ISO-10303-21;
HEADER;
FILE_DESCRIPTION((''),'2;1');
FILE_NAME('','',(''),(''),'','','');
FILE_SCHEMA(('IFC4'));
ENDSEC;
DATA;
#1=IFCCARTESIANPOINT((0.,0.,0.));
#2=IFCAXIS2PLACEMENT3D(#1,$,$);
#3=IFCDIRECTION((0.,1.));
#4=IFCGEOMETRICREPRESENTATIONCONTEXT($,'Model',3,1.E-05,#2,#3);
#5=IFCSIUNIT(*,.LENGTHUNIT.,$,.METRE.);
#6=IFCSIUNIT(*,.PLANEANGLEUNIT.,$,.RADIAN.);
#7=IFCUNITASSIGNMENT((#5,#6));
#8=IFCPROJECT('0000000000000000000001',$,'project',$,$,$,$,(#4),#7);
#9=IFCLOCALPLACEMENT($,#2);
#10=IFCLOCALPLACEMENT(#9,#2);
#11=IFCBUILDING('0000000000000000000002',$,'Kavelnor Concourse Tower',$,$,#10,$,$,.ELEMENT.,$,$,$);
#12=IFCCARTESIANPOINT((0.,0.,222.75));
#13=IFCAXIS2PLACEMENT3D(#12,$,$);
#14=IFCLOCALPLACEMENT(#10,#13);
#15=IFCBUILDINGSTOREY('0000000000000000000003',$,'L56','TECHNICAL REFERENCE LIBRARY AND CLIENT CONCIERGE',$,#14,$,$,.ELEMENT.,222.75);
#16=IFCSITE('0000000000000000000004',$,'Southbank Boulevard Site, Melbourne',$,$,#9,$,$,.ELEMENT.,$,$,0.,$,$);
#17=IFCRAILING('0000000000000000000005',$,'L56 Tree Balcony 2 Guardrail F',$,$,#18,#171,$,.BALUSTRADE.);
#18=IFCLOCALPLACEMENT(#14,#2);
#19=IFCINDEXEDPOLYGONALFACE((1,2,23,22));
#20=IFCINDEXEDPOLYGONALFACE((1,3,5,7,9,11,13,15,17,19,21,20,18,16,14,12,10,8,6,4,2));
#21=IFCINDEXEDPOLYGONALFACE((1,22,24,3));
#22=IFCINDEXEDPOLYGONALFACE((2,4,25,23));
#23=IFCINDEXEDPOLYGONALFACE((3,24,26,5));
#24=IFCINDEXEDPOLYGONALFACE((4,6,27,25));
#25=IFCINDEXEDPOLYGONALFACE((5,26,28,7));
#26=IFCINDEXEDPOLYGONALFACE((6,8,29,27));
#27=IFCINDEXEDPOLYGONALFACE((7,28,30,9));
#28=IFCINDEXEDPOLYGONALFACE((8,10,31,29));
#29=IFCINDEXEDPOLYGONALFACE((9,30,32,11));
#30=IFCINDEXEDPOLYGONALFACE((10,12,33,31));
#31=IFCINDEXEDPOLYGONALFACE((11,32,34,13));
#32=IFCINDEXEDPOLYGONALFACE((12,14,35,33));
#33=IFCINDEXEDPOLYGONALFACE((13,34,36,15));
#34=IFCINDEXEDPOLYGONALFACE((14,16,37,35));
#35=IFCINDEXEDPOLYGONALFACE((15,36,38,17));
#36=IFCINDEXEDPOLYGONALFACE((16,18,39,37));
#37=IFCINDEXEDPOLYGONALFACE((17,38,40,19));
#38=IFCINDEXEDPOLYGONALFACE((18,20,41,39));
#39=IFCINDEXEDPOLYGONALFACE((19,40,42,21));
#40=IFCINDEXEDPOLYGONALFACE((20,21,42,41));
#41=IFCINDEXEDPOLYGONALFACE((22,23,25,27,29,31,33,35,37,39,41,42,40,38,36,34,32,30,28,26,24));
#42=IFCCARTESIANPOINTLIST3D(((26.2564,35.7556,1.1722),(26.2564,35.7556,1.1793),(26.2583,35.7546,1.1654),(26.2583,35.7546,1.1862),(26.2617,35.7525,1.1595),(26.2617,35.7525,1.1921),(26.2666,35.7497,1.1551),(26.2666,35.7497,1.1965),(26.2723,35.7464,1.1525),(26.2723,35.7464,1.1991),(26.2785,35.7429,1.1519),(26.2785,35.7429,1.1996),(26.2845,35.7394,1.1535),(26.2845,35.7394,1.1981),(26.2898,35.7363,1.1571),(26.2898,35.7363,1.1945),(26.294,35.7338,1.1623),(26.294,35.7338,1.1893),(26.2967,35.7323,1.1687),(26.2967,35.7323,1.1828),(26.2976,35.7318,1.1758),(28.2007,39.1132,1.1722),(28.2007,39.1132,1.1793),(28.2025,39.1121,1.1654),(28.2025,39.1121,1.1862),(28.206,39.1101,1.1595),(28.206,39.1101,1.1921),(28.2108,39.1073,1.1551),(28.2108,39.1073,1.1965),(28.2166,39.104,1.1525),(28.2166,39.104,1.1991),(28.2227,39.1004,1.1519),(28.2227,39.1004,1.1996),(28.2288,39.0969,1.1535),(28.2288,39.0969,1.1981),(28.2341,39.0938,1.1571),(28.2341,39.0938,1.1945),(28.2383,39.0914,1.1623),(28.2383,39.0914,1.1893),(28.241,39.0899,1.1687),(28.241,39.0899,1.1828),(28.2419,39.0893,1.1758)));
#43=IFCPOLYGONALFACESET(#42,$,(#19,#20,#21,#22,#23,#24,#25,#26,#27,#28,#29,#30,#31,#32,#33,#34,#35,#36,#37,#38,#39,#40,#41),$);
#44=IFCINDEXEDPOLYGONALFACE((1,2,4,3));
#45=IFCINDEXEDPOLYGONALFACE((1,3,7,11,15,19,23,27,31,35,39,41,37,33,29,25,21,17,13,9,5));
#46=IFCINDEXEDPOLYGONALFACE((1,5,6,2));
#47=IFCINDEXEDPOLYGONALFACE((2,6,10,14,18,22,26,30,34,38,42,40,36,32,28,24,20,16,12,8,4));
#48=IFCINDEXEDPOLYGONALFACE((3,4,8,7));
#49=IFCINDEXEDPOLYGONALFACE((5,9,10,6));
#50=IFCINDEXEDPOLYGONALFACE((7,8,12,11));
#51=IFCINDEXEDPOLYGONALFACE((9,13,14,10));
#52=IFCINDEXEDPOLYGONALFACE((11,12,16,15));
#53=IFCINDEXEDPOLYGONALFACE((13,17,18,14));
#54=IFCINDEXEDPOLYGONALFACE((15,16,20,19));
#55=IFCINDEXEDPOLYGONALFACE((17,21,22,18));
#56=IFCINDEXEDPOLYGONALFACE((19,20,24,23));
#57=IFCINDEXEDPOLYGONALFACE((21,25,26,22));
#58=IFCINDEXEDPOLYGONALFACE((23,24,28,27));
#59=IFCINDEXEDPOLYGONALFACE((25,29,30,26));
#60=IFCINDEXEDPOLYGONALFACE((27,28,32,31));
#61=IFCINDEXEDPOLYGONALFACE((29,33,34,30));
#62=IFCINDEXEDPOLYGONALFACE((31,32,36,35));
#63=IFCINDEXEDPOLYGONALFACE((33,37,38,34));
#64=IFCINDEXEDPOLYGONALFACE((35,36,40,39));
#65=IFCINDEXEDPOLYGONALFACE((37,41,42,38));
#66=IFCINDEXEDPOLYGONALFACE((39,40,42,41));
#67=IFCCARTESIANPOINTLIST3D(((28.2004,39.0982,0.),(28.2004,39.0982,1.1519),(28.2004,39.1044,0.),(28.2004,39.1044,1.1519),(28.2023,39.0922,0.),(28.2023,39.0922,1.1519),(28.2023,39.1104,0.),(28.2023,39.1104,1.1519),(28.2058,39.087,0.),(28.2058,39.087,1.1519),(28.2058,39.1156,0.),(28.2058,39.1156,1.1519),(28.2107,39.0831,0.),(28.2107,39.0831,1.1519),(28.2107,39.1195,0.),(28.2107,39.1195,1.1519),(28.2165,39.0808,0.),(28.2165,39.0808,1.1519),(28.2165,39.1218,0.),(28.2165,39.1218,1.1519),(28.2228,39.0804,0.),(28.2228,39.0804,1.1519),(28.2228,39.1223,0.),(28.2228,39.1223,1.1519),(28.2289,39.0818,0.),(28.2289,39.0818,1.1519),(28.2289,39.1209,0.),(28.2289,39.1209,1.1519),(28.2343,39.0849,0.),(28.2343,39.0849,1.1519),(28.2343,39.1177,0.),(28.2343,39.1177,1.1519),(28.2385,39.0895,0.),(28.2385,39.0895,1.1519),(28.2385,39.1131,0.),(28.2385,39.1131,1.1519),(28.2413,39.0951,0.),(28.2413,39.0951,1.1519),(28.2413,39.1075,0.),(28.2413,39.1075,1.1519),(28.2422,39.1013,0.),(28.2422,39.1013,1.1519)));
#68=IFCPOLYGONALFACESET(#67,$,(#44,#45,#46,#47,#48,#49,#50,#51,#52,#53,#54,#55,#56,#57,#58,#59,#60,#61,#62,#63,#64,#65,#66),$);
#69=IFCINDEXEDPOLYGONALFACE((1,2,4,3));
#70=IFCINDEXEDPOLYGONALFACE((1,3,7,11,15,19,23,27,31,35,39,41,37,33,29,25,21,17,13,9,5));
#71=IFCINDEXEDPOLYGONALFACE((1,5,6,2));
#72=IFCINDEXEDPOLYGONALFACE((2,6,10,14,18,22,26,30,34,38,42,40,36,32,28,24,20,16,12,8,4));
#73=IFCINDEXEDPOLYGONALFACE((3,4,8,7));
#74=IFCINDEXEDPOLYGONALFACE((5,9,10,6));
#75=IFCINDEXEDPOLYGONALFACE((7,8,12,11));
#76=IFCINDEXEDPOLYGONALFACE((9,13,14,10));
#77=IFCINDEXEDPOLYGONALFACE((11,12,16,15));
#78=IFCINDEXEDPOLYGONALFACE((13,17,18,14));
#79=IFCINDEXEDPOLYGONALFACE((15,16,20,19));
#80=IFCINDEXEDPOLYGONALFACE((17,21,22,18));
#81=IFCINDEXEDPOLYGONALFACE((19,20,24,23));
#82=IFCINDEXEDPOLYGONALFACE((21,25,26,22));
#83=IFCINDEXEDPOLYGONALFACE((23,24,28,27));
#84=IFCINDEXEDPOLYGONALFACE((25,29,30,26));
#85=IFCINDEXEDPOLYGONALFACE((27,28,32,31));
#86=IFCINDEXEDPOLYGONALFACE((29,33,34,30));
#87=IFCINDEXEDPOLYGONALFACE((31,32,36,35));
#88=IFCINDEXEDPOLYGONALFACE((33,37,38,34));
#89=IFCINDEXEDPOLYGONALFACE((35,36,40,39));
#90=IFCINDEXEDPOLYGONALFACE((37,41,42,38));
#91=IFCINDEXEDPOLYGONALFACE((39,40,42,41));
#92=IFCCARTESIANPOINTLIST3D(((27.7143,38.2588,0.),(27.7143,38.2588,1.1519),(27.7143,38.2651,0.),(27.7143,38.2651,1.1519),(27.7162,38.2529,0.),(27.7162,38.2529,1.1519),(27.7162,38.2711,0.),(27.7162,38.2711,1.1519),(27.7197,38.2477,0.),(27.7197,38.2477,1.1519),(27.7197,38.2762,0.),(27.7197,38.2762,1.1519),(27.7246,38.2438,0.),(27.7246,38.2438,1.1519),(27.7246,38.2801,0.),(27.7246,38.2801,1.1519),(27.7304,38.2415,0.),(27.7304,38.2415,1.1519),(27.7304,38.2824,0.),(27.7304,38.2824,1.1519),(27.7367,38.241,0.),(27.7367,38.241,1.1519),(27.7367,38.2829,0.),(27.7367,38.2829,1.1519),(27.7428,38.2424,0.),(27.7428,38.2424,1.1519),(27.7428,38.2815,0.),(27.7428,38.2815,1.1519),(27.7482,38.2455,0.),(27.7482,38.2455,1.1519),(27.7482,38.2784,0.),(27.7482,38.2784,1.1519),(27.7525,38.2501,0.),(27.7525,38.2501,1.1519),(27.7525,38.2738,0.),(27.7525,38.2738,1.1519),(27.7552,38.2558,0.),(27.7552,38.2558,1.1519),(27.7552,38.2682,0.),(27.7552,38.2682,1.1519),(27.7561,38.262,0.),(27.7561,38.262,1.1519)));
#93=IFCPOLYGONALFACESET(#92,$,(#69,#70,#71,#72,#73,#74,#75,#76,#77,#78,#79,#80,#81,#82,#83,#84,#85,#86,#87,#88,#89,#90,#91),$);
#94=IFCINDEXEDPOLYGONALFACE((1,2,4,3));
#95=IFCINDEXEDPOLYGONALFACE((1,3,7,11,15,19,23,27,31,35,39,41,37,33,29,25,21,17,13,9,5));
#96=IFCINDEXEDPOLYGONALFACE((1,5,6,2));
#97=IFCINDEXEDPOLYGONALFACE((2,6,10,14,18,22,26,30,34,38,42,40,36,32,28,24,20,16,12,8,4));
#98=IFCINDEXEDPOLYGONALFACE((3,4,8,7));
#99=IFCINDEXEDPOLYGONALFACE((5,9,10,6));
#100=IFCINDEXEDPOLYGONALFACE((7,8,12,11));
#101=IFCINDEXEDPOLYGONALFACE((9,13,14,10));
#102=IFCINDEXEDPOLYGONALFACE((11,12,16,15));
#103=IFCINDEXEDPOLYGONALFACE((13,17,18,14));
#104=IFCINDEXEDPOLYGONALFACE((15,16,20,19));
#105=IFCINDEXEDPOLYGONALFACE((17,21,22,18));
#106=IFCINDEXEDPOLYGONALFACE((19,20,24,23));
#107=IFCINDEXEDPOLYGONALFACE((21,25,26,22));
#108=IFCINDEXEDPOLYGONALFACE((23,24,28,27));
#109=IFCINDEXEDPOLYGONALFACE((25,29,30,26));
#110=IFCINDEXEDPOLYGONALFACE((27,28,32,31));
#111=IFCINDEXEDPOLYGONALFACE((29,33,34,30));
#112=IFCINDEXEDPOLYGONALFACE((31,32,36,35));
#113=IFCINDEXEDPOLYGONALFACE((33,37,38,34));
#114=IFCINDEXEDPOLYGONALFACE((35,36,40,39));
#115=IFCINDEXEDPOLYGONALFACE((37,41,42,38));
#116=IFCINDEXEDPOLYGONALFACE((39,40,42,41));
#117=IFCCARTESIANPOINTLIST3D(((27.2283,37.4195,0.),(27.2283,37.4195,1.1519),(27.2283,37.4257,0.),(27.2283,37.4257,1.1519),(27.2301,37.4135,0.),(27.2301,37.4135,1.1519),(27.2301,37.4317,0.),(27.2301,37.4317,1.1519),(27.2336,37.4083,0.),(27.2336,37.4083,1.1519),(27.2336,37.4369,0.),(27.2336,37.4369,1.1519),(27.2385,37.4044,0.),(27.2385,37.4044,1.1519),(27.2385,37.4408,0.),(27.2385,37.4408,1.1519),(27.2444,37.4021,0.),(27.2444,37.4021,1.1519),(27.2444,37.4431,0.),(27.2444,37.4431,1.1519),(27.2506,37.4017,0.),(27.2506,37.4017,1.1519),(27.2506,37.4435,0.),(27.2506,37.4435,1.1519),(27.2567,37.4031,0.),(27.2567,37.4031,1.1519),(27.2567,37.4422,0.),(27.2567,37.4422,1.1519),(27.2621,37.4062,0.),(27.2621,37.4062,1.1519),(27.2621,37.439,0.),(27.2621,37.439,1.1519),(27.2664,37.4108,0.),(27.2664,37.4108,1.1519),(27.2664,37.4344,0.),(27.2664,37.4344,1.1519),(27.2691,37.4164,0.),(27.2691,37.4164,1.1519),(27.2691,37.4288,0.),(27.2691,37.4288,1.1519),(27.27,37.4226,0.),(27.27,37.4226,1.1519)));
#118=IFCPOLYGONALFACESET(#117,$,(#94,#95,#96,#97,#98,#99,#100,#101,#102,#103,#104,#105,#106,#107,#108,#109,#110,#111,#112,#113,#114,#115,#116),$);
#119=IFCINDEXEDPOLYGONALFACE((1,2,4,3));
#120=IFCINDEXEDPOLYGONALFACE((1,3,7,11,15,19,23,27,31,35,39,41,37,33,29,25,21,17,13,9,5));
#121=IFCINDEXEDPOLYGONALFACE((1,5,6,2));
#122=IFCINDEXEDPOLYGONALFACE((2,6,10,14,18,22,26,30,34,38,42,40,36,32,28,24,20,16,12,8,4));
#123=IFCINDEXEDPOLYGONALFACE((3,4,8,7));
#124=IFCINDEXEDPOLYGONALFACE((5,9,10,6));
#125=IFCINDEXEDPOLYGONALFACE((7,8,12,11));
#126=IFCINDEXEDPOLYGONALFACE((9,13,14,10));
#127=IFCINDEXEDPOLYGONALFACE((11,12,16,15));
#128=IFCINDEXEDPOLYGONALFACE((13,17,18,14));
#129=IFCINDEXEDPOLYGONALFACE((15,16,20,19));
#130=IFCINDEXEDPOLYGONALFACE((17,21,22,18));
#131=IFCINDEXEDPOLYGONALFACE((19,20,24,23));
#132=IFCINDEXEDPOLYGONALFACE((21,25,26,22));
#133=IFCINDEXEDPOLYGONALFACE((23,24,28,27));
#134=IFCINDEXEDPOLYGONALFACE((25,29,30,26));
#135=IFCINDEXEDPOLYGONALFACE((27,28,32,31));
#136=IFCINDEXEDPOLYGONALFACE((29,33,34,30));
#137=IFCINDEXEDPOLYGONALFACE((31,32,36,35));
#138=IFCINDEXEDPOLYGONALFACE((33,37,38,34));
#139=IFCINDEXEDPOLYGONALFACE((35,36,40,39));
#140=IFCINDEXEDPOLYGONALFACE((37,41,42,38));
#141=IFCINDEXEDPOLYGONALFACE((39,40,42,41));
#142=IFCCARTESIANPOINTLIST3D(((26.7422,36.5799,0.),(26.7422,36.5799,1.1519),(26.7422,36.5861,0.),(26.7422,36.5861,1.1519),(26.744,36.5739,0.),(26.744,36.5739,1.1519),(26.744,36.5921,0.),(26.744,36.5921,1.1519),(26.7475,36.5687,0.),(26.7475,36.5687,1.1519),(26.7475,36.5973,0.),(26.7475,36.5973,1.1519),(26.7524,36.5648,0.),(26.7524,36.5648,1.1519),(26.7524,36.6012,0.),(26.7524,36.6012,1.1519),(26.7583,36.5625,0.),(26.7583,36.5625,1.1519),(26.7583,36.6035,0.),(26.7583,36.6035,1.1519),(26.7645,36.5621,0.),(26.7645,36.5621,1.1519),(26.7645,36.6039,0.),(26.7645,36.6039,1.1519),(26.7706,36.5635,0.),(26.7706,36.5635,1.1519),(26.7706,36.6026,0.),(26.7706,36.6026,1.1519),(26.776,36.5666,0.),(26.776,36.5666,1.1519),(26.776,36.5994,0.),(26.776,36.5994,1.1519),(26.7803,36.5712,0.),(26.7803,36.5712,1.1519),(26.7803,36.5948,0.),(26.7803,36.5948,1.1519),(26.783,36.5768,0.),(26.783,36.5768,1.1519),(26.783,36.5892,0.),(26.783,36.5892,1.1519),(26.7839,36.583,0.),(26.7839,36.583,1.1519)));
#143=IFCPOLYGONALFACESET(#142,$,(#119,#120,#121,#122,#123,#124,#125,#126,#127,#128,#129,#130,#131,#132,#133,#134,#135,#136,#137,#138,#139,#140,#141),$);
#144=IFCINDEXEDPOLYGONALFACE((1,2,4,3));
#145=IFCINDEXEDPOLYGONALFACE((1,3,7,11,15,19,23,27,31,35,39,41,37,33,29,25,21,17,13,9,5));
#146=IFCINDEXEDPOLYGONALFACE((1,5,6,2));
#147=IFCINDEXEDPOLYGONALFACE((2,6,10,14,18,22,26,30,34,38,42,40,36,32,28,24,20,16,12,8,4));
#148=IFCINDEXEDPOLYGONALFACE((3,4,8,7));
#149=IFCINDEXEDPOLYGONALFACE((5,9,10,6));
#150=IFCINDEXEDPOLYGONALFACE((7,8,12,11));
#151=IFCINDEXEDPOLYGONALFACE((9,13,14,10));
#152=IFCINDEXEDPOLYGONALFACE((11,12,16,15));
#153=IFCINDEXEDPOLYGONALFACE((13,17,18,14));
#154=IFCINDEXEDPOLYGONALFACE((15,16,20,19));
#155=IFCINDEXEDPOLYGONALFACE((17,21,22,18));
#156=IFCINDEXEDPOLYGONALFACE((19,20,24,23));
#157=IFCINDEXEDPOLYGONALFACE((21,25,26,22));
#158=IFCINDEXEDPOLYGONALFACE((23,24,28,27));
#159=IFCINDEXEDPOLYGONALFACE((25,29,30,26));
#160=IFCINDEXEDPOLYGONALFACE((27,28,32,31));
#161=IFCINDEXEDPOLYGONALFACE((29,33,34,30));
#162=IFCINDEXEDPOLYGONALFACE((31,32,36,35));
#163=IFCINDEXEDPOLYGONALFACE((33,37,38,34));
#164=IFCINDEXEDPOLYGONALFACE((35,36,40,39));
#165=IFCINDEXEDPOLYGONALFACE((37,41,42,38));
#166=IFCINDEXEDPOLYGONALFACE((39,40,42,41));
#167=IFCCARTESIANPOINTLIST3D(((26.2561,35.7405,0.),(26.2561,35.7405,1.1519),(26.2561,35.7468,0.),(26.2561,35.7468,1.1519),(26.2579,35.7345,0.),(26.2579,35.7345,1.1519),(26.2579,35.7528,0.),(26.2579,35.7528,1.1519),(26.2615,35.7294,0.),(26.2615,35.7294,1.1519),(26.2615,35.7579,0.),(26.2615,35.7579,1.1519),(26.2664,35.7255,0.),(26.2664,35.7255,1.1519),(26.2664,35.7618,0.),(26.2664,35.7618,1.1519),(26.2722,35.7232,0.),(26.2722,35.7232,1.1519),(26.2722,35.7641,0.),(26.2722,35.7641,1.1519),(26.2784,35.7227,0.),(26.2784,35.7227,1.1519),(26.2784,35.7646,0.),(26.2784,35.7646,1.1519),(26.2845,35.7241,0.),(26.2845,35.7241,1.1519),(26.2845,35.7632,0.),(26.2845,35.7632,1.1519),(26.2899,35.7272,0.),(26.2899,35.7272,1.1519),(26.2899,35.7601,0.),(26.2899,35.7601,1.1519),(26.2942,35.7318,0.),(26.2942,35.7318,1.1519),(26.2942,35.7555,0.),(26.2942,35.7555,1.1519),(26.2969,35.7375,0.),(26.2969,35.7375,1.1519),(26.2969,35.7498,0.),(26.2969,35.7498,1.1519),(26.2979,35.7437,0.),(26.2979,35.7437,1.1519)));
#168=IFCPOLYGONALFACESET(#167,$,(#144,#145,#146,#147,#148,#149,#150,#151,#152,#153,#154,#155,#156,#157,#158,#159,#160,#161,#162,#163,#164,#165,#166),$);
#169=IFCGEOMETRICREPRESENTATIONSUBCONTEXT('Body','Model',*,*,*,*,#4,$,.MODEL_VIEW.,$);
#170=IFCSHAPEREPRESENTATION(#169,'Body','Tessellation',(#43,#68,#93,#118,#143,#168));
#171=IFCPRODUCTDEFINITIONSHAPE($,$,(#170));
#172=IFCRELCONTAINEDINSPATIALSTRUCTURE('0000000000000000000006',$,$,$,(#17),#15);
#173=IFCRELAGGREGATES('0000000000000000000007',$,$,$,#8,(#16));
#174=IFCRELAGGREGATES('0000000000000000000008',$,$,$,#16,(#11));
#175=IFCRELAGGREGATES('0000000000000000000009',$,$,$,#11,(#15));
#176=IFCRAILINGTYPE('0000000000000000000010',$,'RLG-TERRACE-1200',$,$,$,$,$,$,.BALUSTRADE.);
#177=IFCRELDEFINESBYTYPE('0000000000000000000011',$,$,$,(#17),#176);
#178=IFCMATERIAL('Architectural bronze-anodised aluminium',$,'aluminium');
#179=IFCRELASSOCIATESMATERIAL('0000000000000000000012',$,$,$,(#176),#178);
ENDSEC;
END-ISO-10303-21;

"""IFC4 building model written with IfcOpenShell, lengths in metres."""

from ifc_helpers import new_model, si_unit, direction, frame, origin, origin_2d, place, context, subcontext, project, spatial, circle, extrude, material, type_object, element, save


model = new_model("IFC4")

# Units and contexts
model_context = context("Model", 3, precision=1e-05, world=origin(), true_north=direction((0.0, 1.0)))
body_context = subcontext(model_context, "Body", "Model", "MODEL_VIEW")
ifc_project = project(units=[si_unit("LENGTHUNIT", "METRE"), si_unit("PLANEANGLEUNIT", "RADIAN")], contexts=[model_context])

# Site, building, storey
site_placement = place(None, origin())
site = spatial("IfcSite", under=ifc_project, at=site_placement, Name="Southbank Boulevard Site, Melbourne", CompositionType="ELEMENT", RefElevation=0.0)
building_placement = place(site_placement, origin())
building = spatial("IfcBuilding", under=site, at=building_placement, Name="Kavelnor Concourse Tower", CompositionType="ELEMENT")
storey_placement = place(building_placement, frame((0.0, 0.0, 222.75)))
storey = spatial("IfcBuildingStorey", under=building, at=storey_placement, Name="L56", Description="TECHNICAL REFERENCE LIBRARY AND CLIENT CONCIERGE", CompositionType="ELEMENT", Elevation=222.75)

# Railing
ifc_material_1 = material(Name="Architectural bronze-anodised aluminium", Category="aluminium")
railing_type = type_object("IfcRailingType", Name="RLG-TERRACE-1200", PredefinedType="BALUSTRADE", material=ifc_material_1)
railing_1_placement = place(storey_placement, frame((28.2212, 39.1013, 0.0)))
element("IfcRailing", 1, at=railing_1_placement, inside=storey, type_object=railing_type, Name="L56 Tree Balcony 2 Guardrail F", PredefinedType="BALUSTRADE", context=body_context, shape_type="SweptSolid", body=[
    extrude(circle(Radius=0.0239, at=origin_2d()), frame((0.0, 0.0, 1.1758), z_axis=(-0.501118, -0.865379, 0.0), x_axis=(0.865379, -0.501118, 0.0)), (0.0, 0.0, 1.0), 3.8799),
    extrude(circle(Radius=0.021, at=origin_2d()), origin(), (0.0, 0.0, 1.0), 1.1519),
    extrude(circle(Radius=0.021, at=origin_2d()), frame((-0.4861, -0.8394, 0.0)), (0.0, 0.0, 1.0), 1.1519),
    extrude(circle(Radius=0.021, at=origin_2d()), frame((-0.9722, -1.6787, 0.0)), (0.0, 0.0, 1.0), 1.1519),
    extrude(circle(Radius=0.021, at=origin_2d()), frame((-1.4583, -2.5183, 0.0)), (0.0, 0.0, 1.0), 1.1519),
    extrude(circle(Radius=0.021, at=origin_2d()), frame((-1.9443, -3.3577, 0.0)), (0.0, 0.0, 1.0), 1.1519),
])

save(model, "model.ifc")
